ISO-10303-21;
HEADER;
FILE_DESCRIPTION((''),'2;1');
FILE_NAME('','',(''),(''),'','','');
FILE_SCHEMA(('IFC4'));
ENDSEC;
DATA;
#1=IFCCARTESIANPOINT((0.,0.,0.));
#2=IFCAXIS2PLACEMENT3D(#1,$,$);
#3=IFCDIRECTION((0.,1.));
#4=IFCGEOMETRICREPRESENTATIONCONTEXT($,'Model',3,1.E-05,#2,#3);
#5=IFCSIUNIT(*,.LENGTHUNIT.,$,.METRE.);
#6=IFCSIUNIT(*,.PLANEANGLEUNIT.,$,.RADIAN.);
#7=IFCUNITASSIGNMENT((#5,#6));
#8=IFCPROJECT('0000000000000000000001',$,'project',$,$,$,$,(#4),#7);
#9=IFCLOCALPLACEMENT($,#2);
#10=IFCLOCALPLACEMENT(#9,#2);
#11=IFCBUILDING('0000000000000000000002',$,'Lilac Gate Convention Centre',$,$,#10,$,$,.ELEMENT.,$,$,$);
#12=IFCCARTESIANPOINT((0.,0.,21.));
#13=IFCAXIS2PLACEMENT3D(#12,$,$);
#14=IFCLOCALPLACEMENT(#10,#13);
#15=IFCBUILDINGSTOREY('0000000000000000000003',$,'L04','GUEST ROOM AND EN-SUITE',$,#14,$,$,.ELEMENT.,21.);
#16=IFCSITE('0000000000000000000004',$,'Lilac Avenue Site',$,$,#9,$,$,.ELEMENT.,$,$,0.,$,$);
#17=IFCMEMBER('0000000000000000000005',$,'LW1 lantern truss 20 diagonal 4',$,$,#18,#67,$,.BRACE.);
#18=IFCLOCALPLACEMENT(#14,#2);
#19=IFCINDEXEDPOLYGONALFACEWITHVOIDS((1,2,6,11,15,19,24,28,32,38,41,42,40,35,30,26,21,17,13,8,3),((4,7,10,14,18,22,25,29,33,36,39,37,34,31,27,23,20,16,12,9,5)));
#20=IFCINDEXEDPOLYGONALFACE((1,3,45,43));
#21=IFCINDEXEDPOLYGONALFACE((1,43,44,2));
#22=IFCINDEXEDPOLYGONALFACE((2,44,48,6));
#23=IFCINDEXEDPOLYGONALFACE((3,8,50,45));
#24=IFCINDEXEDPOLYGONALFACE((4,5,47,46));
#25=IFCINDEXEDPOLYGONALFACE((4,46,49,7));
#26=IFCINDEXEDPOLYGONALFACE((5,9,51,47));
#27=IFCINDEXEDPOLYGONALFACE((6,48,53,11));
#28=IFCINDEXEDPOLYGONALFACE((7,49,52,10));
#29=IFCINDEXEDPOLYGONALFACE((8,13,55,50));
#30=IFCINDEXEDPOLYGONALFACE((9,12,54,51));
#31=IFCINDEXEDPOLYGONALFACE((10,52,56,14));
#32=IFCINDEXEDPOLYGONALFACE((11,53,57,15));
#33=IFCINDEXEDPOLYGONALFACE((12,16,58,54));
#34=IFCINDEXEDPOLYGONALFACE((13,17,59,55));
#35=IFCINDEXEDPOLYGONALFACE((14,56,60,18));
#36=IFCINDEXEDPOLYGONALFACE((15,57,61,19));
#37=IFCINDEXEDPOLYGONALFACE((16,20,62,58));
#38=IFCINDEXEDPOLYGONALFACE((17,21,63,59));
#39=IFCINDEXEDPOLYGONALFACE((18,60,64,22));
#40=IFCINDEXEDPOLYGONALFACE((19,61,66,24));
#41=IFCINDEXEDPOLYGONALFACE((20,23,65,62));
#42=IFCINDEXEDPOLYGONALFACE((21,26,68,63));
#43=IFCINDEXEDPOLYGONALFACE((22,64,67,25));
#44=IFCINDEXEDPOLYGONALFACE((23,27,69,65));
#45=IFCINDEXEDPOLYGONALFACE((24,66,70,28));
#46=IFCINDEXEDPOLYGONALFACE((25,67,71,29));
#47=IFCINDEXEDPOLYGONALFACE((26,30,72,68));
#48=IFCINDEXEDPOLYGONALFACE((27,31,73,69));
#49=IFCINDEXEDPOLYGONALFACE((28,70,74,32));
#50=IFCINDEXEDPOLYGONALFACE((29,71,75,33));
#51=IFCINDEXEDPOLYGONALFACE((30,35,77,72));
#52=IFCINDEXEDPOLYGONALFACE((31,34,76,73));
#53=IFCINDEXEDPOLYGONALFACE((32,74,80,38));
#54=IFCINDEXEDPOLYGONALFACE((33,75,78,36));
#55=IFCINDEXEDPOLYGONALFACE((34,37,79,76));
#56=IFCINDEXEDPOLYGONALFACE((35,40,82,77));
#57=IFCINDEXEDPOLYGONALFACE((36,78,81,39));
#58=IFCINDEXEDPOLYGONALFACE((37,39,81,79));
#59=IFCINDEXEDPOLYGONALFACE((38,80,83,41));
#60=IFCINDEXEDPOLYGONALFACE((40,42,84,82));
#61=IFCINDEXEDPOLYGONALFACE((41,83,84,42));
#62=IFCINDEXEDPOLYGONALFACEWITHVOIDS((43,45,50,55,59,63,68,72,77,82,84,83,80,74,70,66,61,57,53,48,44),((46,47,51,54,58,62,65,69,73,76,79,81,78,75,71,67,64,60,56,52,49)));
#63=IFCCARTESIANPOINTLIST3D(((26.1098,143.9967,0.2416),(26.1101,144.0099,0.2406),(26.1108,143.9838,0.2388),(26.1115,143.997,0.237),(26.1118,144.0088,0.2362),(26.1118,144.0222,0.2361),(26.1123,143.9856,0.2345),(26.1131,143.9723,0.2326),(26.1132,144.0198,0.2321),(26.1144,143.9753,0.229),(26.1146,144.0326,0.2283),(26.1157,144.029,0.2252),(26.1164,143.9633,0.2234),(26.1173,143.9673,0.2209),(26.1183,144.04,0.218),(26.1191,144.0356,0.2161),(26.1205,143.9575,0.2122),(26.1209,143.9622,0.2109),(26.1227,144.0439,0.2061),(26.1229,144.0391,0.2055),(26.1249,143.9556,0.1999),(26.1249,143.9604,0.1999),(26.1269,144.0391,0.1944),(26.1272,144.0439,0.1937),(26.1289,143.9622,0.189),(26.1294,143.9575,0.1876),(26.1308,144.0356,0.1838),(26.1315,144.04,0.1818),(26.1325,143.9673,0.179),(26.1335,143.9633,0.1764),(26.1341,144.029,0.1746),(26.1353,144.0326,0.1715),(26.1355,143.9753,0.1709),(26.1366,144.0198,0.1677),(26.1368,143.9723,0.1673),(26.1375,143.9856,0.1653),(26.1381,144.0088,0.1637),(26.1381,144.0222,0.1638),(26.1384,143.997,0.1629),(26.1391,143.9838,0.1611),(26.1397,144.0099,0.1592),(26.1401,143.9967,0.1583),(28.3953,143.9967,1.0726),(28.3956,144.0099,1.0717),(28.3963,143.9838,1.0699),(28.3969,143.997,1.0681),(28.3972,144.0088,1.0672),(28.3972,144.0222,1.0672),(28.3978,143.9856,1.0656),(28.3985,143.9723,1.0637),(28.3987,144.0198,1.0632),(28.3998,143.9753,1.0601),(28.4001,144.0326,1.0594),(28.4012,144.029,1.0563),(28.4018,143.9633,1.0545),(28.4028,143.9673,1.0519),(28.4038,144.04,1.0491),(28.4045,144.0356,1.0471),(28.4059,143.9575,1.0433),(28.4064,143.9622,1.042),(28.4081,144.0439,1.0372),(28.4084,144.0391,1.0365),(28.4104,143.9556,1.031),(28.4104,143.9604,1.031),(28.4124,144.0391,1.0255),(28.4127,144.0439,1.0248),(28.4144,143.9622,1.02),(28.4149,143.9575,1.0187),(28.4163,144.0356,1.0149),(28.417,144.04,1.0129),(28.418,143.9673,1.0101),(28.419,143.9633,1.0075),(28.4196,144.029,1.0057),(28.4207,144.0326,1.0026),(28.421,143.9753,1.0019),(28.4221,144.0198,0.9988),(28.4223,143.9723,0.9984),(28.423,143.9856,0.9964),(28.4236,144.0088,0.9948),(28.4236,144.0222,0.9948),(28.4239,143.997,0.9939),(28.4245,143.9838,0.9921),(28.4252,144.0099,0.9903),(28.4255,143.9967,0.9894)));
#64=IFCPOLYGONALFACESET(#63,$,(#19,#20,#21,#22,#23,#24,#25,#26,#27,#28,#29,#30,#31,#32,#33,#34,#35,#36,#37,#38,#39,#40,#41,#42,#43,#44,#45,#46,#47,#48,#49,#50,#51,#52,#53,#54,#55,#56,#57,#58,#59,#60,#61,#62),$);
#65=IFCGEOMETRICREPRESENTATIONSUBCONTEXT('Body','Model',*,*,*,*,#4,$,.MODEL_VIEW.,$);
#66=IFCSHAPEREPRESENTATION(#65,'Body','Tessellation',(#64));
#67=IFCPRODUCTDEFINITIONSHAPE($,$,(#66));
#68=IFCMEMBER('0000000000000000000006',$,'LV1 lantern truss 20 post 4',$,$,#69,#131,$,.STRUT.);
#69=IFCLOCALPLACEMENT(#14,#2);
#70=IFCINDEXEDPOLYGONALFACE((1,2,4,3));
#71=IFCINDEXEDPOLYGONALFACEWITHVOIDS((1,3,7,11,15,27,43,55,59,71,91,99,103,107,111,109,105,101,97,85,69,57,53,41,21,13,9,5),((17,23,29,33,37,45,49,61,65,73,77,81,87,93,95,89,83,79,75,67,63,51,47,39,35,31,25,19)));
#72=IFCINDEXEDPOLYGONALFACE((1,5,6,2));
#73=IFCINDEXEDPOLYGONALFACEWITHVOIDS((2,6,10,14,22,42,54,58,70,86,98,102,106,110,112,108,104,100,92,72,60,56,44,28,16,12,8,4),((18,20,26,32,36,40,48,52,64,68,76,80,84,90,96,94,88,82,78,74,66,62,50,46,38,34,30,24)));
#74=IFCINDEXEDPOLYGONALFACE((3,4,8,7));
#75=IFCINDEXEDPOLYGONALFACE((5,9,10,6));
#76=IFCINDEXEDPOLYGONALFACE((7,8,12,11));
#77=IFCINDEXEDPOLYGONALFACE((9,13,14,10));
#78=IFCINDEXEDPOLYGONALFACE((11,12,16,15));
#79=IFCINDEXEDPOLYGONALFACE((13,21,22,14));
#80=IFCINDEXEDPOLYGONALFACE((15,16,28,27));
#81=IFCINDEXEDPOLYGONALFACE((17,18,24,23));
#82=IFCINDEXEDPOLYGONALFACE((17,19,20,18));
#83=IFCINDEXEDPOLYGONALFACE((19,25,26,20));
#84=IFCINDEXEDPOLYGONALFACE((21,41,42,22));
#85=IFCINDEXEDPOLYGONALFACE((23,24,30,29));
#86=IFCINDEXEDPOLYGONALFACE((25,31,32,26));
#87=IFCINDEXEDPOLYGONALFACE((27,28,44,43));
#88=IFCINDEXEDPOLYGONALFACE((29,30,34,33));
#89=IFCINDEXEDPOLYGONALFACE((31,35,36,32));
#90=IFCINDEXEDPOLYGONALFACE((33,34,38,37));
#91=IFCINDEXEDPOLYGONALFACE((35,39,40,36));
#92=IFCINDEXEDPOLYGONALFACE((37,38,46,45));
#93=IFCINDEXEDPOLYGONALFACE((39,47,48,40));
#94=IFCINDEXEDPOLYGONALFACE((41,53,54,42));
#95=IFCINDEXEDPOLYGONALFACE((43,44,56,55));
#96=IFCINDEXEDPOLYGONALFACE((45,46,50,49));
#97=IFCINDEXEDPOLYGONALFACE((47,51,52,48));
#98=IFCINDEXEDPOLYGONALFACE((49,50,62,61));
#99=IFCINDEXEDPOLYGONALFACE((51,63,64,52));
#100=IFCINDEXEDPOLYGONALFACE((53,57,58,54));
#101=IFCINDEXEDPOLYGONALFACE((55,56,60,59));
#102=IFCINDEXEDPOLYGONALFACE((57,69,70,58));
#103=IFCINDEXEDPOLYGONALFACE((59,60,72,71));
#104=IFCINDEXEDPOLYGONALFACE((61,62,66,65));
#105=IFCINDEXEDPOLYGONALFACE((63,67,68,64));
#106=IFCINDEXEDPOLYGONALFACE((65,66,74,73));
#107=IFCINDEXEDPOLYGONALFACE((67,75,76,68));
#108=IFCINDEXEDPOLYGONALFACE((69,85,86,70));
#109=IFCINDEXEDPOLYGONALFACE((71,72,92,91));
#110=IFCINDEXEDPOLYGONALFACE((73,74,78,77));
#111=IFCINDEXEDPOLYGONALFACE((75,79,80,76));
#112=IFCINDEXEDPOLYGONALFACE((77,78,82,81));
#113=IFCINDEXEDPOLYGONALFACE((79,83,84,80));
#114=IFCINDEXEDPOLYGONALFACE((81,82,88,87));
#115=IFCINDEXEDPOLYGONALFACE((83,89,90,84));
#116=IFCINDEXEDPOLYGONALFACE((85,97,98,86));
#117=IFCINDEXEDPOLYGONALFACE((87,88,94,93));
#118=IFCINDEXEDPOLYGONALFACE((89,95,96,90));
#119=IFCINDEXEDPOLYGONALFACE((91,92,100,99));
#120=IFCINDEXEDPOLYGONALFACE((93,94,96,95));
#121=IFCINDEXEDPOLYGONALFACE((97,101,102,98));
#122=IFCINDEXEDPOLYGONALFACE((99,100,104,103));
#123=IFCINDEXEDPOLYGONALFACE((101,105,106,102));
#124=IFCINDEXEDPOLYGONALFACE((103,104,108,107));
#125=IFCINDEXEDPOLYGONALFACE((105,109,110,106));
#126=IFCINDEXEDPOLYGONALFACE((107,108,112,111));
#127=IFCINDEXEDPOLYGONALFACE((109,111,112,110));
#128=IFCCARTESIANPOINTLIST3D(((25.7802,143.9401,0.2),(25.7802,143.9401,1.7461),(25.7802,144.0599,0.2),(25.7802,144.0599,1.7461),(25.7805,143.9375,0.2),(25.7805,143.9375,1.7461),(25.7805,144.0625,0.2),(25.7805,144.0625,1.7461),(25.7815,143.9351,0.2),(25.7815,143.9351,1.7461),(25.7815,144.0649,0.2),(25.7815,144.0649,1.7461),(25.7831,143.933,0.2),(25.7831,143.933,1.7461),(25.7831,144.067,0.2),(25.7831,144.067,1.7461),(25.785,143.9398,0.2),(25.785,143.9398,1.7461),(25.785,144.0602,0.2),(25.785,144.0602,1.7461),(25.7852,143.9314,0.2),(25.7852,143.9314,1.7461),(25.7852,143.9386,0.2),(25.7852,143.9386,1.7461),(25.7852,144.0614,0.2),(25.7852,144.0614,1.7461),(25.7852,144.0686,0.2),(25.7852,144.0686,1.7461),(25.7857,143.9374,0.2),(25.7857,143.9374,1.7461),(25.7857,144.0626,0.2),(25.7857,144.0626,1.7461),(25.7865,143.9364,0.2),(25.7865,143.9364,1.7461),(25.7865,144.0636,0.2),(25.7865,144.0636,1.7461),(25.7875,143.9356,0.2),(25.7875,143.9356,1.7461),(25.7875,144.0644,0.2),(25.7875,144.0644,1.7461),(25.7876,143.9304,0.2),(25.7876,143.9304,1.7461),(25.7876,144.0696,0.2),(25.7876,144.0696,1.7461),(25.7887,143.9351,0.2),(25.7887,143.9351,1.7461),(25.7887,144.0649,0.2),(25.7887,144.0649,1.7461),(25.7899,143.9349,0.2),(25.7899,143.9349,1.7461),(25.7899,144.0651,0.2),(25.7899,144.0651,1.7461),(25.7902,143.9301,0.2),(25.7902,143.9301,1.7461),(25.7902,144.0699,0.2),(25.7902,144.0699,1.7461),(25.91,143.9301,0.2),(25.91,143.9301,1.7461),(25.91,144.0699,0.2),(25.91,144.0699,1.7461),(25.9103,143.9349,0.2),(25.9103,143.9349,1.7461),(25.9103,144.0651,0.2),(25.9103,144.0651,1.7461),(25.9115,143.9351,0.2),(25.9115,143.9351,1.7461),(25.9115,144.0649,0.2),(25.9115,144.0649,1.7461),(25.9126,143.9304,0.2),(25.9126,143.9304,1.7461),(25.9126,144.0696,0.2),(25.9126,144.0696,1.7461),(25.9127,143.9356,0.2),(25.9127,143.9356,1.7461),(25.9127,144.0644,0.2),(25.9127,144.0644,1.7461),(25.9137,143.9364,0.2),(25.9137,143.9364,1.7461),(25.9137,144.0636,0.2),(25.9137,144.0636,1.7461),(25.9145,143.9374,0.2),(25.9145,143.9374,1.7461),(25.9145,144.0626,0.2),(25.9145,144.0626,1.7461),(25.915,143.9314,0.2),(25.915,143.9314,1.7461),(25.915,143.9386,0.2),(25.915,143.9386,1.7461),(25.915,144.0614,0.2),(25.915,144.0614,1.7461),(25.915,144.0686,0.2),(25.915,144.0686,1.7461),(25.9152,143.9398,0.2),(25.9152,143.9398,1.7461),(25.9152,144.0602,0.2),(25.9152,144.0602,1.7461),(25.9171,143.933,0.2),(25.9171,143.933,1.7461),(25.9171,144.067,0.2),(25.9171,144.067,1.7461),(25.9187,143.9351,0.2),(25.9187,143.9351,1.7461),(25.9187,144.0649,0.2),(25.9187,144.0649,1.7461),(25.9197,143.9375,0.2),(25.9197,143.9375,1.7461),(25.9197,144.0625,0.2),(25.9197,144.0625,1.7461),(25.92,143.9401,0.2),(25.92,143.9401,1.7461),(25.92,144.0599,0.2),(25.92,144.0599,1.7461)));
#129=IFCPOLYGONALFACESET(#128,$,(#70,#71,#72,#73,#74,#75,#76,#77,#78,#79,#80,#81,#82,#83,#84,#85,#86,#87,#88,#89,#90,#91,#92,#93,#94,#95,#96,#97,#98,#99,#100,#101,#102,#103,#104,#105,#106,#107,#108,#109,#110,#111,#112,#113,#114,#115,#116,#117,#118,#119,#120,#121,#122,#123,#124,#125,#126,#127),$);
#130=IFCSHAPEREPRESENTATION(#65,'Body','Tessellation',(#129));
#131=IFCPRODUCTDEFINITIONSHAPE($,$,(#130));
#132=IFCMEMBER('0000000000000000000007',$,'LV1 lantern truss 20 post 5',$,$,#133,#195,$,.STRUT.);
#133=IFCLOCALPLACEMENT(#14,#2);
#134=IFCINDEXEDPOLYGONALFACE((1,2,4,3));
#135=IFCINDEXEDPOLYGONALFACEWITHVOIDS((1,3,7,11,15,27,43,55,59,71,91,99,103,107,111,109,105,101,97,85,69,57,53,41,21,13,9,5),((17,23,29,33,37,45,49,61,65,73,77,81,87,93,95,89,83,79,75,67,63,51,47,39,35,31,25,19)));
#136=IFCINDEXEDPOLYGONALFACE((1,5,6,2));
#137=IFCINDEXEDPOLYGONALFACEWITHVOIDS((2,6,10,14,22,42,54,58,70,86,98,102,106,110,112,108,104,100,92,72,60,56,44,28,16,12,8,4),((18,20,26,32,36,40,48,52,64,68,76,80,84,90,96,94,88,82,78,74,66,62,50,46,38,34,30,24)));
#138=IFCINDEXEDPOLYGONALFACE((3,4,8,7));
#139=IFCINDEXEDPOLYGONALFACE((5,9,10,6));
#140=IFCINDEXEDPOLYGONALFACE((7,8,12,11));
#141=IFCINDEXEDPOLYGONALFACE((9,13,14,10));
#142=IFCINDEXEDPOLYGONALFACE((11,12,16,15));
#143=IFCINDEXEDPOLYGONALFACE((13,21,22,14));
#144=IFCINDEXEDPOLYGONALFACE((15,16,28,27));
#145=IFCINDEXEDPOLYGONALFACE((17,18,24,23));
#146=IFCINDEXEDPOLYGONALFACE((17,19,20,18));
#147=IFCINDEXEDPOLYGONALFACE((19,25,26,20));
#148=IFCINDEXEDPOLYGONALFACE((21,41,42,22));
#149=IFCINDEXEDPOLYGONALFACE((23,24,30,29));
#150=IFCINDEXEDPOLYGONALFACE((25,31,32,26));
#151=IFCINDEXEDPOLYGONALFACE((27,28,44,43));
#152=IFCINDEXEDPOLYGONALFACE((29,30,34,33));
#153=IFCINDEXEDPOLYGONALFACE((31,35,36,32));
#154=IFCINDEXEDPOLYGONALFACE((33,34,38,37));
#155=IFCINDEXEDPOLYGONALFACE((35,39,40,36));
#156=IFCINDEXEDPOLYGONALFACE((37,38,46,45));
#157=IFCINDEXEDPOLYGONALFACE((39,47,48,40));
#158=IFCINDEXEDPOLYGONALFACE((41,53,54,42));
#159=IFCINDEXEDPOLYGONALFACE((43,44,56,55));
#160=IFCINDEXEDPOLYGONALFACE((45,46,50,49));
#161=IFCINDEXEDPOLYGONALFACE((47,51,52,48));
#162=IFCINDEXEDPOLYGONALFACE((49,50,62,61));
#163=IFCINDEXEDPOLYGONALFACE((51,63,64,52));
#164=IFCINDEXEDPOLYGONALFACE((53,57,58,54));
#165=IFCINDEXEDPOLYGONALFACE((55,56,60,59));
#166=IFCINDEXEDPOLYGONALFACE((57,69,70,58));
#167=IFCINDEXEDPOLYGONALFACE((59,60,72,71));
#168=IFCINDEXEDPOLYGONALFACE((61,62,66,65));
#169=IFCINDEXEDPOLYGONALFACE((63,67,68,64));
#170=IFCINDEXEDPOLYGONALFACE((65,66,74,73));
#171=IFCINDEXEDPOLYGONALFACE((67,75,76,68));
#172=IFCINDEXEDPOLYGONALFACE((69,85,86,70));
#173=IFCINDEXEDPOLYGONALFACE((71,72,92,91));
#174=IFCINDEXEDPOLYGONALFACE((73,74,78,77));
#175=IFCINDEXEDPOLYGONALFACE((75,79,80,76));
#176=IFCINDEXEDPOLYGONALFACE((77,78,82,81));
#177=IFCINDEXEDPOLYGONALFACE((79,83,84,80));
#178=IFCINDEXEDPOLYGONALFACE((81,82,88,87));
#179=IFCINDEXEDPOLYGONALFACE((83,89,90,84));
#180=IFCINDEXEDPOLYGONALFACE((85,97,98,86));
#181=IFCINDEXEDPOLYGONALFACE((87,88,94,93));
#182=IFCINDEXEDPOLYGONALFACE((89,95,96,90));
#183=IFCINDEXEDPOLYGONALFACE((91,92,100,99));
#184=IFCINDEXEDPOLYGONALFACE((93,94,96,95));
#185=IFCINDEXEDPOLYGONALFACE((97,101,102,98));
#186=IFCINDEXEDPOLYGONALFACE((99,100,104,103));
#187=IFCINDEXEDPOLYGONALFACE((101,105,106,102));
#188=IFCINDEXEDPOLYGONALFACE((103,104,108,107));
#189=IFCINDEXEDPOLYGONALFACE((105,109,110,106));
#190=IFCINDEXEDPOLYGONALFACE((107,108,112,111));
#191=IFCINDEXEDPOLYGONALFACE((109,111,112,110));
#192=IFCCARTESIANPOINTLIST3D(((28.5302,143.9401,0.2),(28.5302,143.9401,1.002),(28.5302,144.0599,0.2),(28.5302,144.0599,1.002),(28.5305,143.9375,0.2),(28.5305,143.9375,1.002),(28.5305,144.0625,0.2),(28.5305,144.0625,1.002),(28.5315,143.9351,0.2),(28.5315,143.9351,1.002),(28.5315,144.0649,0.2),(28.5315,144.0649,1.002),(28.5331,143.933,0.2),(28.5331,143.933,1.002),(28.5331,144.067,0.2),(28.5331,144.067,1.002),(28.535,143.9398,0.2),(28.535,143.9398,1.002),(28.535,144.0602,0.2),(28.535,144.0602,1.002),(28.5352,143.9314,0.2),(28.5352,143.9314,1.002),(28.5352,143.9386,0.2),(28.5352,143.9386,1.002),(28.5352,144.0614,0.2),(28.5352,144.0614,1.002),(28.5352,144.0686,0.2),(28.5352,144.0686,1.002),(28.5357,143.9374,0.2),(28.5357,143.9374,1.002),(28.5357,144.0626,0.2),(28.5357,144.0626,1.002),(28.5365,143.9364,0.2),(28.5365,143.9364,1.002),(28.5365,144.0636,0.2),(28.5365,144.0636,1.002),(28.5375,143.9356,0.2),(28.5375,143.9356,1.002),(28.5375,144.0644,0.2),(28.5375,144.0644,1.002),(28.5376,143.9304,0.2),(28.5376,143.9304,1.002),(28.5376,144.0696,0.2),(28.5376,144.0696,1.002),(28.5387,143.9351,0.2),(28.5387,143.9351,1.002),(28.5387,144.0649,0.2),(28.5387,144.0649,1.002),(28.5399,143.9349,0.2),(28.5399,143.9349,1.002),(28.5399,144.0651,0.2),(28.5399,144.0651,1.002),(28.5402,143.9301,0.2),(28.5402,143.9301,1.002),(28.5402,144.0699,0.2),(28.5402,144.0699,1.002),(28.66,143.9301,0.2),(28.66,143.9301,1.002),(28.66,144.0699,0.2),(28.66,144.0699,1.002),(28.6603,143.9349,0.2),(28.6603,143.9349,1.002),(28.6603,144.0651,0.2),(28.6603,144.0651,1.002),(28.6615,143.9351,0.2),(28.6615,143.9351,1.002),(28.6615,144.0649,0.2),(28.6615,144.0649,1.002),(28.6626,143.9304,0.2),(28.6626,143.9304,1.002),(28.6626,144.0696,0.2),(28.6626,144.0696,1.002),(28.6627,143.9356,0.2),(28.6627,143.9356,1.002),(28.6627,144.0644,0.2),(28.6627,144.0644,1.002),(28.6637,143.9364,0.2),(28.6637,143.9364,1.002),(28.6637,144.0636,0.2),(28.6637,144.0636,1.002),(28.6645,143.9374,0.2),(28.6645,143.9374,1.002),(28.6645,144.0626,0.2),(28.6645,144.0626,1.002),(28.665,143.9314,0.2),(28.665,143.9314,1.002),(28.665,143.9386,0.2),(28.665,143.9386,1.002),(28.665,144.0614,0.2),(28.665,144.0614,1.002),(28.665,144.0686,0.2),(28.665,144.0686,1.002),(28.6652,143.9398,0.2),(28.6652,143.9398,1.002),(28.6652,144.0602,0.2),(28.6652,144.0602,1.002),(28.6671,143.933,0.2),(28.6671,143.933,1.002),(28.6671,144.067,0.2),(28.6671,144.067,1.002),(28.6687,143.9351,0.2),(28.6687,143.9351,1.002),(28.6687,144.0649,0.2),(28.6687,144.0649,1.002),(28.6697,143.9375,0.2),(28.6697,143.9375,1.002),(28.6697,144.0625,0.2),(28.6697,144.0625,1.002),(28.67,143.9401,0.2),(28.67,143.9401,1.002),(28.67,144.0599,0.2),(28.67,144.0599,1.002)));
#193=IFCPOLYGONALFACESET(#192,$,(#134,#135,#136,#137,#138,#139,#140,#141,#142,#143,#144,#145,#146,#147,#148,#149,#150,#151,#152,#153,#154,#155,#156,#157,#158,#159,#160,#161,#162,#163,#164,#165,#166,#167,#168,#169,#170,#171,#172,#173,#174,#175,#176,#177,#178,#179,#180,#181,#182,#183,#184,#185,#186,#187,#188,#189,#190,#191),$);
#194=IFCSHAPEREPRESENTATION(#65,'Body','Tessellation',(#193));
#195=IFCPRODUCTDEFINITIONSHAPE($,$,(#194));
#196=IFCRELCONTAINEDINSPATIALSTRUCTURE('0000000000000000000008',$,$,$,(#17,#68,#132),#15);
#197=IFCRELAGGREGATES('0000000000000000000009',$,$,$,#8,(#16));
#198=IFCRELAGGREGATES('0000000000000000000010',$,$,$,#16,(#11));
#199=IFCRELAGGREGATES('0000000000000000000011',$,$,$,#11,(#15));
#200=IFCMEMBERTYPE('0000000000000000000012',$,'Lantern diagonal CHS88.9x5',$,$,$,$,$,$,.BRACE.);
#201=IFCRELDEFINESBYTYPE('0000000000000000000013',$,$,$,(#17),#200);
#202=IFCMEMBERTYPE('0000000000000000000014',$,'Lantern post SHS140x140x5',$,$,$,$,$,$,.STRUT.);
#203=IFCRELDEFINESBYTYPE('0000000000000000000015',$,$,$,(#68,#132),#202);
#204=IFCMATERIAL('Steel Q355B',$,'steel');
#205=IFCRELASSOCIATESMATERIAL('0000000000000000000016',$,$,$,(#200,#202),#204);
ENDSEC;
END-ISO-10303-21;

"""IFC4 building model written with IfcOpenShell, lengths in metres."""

from ifc_helpers import new_model, si_unit, direction, frame, origin, origin_2d, place, context, subcontext, project, spatial, hollow_rectangle, hollow_circle, extrude, material, material_profile, profile_set, type_object, element, save


model = new_model("IFC4")

# Units and contexts
model_context = context("Model", 3, precision=1e-05, world=origin(), true_north=direction((0.0, 1.0)))
body_context = subcontext(model_context, "Body", "Model", "MODEL_VIEW")
ifc_project = project(units=[si_unit("LENGTHUNIT", "METRE"), si_unit("PLANEANGLEUNIT", "RADIAN")], contexts=[model_context])

# Site, building, storey
site_placement = place(None, origin())
site = spatial("IfcSite", under=ifc_project, at=site_placement, Name="Lilac Avenue Site", CompositionType="ELEMENT", RefElevation=0.0)
building_placement = place(site_placement, origin())
building = spatial("IfcBuilding", under=site, at=building_placement, Name="Lilac Gate Convention Centre", CompositionType="ELEMENT")
storey_placement = place(building_placement, frame((0.0, 0.0, 21.0)))
storey = spatial("IfcBuildingStorey", under=building, at=storey_placement, Name="L04", Description="GUEST ROOM AND EN-SUITE", CompositionType="ELEMENT", Elevation=21.0)

# Members
ifc_material_1 = material(Name="Steel Q355B", Category="steel")
ifc_material_profile_1 = material_profile(ifc_material_1, hollow_circle(Radius=0.0444, WallThickness=0.0049, at=origin_2d()), Name="CHS88.9x5")
ifc_profile_set_1 = profile_set([ifc_material_profile_1], Name="Steel Q355B")
member_type_1 = type_object("IfcMemberType", Name="Lantern diagonal CHS88.9x5", PredefinedType="BRACE", material=ifc_profile_set_1)
member_1_placement = place(storey_placement, frame((28.4104, 144.0, 1.031), z_axis=(-0.939793, 0.0, -0.341743), x_axis=(0.0, -1.0, 0.0)))
element("IfcMember", 1, at=member_1_placement, inside=storey, type_object=member_type_1, Name="LW1 lantern truss 20 diagonal 4", PredefinedType="BRACE", context=body_context, shape_type="SweptSolid", body=[
    extrude(hollow_circle(Radius=0.0444, WallThickness=0.0049, at=origin_2d()), origin(), (0.0, 0.0, 1.0), 2.4319),
])
ifc_material_profile_2 = material_profile(ifc_material_1, hollow_rectangle(XDim=0.1399, YDim=0.1399, WallThickness=0.0049, InnerFilletRadius=0.0049, OuterFilletRadius=0.01, at=origin_2d()), Name="SHS140x140x5")
ifc_profile_set_2 = profile_set([ifc_material_profile_2], Name="Steel Q355B")
member_type_2 = type_object("IfcMemberType", Name="Lantern post SHS140x140x5", PredefinedType="STRUT", material=ifc_profile_set_2)
member_2_placement = place(storey_placement, frame((25.8501, 144.0, 0.2), z_axis=(0.0, 0.0, 1.0), x_axis=(1.0, 0.0, 0.0)))
element("IfcMember", 2, at=member_2_placement, inside=storey, type_object=member_type_2, Name="LV1 lantern truss 20 post 4", PredefinedType="STRUT", context=body_context, shape_type="SweptSolid", body=[
    extrude(hollow_rectangle(XDim=0.1399, YDim=0.1399, WallThickness=0.0049, InnerFilletRadius=0.0049, OuterFilletRadius=0.01, at=origin_2d()), origin(), (0.0, 0.0, 1.0), 1.5461),
])
member_3_placement = place(storey_placement, frame((28.6001, 144.0, 0.2), z_axis=(0.0, 0.0, 1.0), x_axis=(1.0, 0.0, 0.0)))
element("IfcMember", 3, at=member_3_placement, inside=storey, type_object=member_type_2, Name="LV1 lantern truss 20 post 5", PredefinedType="STRUT", context=body_context, shape_type="SweptSolid", body=[
    extrude(hollow_rectangle(XDim=0.1399, YDim=0.1399, WallThickness=0.0049, InnerFilletRadius=0.0049, OuterFilletRadius=0.01, at=origin_2d()), origin(), (0.0, 0.0, 1.0), 0.802),
])

save(model, "model.ifc")
